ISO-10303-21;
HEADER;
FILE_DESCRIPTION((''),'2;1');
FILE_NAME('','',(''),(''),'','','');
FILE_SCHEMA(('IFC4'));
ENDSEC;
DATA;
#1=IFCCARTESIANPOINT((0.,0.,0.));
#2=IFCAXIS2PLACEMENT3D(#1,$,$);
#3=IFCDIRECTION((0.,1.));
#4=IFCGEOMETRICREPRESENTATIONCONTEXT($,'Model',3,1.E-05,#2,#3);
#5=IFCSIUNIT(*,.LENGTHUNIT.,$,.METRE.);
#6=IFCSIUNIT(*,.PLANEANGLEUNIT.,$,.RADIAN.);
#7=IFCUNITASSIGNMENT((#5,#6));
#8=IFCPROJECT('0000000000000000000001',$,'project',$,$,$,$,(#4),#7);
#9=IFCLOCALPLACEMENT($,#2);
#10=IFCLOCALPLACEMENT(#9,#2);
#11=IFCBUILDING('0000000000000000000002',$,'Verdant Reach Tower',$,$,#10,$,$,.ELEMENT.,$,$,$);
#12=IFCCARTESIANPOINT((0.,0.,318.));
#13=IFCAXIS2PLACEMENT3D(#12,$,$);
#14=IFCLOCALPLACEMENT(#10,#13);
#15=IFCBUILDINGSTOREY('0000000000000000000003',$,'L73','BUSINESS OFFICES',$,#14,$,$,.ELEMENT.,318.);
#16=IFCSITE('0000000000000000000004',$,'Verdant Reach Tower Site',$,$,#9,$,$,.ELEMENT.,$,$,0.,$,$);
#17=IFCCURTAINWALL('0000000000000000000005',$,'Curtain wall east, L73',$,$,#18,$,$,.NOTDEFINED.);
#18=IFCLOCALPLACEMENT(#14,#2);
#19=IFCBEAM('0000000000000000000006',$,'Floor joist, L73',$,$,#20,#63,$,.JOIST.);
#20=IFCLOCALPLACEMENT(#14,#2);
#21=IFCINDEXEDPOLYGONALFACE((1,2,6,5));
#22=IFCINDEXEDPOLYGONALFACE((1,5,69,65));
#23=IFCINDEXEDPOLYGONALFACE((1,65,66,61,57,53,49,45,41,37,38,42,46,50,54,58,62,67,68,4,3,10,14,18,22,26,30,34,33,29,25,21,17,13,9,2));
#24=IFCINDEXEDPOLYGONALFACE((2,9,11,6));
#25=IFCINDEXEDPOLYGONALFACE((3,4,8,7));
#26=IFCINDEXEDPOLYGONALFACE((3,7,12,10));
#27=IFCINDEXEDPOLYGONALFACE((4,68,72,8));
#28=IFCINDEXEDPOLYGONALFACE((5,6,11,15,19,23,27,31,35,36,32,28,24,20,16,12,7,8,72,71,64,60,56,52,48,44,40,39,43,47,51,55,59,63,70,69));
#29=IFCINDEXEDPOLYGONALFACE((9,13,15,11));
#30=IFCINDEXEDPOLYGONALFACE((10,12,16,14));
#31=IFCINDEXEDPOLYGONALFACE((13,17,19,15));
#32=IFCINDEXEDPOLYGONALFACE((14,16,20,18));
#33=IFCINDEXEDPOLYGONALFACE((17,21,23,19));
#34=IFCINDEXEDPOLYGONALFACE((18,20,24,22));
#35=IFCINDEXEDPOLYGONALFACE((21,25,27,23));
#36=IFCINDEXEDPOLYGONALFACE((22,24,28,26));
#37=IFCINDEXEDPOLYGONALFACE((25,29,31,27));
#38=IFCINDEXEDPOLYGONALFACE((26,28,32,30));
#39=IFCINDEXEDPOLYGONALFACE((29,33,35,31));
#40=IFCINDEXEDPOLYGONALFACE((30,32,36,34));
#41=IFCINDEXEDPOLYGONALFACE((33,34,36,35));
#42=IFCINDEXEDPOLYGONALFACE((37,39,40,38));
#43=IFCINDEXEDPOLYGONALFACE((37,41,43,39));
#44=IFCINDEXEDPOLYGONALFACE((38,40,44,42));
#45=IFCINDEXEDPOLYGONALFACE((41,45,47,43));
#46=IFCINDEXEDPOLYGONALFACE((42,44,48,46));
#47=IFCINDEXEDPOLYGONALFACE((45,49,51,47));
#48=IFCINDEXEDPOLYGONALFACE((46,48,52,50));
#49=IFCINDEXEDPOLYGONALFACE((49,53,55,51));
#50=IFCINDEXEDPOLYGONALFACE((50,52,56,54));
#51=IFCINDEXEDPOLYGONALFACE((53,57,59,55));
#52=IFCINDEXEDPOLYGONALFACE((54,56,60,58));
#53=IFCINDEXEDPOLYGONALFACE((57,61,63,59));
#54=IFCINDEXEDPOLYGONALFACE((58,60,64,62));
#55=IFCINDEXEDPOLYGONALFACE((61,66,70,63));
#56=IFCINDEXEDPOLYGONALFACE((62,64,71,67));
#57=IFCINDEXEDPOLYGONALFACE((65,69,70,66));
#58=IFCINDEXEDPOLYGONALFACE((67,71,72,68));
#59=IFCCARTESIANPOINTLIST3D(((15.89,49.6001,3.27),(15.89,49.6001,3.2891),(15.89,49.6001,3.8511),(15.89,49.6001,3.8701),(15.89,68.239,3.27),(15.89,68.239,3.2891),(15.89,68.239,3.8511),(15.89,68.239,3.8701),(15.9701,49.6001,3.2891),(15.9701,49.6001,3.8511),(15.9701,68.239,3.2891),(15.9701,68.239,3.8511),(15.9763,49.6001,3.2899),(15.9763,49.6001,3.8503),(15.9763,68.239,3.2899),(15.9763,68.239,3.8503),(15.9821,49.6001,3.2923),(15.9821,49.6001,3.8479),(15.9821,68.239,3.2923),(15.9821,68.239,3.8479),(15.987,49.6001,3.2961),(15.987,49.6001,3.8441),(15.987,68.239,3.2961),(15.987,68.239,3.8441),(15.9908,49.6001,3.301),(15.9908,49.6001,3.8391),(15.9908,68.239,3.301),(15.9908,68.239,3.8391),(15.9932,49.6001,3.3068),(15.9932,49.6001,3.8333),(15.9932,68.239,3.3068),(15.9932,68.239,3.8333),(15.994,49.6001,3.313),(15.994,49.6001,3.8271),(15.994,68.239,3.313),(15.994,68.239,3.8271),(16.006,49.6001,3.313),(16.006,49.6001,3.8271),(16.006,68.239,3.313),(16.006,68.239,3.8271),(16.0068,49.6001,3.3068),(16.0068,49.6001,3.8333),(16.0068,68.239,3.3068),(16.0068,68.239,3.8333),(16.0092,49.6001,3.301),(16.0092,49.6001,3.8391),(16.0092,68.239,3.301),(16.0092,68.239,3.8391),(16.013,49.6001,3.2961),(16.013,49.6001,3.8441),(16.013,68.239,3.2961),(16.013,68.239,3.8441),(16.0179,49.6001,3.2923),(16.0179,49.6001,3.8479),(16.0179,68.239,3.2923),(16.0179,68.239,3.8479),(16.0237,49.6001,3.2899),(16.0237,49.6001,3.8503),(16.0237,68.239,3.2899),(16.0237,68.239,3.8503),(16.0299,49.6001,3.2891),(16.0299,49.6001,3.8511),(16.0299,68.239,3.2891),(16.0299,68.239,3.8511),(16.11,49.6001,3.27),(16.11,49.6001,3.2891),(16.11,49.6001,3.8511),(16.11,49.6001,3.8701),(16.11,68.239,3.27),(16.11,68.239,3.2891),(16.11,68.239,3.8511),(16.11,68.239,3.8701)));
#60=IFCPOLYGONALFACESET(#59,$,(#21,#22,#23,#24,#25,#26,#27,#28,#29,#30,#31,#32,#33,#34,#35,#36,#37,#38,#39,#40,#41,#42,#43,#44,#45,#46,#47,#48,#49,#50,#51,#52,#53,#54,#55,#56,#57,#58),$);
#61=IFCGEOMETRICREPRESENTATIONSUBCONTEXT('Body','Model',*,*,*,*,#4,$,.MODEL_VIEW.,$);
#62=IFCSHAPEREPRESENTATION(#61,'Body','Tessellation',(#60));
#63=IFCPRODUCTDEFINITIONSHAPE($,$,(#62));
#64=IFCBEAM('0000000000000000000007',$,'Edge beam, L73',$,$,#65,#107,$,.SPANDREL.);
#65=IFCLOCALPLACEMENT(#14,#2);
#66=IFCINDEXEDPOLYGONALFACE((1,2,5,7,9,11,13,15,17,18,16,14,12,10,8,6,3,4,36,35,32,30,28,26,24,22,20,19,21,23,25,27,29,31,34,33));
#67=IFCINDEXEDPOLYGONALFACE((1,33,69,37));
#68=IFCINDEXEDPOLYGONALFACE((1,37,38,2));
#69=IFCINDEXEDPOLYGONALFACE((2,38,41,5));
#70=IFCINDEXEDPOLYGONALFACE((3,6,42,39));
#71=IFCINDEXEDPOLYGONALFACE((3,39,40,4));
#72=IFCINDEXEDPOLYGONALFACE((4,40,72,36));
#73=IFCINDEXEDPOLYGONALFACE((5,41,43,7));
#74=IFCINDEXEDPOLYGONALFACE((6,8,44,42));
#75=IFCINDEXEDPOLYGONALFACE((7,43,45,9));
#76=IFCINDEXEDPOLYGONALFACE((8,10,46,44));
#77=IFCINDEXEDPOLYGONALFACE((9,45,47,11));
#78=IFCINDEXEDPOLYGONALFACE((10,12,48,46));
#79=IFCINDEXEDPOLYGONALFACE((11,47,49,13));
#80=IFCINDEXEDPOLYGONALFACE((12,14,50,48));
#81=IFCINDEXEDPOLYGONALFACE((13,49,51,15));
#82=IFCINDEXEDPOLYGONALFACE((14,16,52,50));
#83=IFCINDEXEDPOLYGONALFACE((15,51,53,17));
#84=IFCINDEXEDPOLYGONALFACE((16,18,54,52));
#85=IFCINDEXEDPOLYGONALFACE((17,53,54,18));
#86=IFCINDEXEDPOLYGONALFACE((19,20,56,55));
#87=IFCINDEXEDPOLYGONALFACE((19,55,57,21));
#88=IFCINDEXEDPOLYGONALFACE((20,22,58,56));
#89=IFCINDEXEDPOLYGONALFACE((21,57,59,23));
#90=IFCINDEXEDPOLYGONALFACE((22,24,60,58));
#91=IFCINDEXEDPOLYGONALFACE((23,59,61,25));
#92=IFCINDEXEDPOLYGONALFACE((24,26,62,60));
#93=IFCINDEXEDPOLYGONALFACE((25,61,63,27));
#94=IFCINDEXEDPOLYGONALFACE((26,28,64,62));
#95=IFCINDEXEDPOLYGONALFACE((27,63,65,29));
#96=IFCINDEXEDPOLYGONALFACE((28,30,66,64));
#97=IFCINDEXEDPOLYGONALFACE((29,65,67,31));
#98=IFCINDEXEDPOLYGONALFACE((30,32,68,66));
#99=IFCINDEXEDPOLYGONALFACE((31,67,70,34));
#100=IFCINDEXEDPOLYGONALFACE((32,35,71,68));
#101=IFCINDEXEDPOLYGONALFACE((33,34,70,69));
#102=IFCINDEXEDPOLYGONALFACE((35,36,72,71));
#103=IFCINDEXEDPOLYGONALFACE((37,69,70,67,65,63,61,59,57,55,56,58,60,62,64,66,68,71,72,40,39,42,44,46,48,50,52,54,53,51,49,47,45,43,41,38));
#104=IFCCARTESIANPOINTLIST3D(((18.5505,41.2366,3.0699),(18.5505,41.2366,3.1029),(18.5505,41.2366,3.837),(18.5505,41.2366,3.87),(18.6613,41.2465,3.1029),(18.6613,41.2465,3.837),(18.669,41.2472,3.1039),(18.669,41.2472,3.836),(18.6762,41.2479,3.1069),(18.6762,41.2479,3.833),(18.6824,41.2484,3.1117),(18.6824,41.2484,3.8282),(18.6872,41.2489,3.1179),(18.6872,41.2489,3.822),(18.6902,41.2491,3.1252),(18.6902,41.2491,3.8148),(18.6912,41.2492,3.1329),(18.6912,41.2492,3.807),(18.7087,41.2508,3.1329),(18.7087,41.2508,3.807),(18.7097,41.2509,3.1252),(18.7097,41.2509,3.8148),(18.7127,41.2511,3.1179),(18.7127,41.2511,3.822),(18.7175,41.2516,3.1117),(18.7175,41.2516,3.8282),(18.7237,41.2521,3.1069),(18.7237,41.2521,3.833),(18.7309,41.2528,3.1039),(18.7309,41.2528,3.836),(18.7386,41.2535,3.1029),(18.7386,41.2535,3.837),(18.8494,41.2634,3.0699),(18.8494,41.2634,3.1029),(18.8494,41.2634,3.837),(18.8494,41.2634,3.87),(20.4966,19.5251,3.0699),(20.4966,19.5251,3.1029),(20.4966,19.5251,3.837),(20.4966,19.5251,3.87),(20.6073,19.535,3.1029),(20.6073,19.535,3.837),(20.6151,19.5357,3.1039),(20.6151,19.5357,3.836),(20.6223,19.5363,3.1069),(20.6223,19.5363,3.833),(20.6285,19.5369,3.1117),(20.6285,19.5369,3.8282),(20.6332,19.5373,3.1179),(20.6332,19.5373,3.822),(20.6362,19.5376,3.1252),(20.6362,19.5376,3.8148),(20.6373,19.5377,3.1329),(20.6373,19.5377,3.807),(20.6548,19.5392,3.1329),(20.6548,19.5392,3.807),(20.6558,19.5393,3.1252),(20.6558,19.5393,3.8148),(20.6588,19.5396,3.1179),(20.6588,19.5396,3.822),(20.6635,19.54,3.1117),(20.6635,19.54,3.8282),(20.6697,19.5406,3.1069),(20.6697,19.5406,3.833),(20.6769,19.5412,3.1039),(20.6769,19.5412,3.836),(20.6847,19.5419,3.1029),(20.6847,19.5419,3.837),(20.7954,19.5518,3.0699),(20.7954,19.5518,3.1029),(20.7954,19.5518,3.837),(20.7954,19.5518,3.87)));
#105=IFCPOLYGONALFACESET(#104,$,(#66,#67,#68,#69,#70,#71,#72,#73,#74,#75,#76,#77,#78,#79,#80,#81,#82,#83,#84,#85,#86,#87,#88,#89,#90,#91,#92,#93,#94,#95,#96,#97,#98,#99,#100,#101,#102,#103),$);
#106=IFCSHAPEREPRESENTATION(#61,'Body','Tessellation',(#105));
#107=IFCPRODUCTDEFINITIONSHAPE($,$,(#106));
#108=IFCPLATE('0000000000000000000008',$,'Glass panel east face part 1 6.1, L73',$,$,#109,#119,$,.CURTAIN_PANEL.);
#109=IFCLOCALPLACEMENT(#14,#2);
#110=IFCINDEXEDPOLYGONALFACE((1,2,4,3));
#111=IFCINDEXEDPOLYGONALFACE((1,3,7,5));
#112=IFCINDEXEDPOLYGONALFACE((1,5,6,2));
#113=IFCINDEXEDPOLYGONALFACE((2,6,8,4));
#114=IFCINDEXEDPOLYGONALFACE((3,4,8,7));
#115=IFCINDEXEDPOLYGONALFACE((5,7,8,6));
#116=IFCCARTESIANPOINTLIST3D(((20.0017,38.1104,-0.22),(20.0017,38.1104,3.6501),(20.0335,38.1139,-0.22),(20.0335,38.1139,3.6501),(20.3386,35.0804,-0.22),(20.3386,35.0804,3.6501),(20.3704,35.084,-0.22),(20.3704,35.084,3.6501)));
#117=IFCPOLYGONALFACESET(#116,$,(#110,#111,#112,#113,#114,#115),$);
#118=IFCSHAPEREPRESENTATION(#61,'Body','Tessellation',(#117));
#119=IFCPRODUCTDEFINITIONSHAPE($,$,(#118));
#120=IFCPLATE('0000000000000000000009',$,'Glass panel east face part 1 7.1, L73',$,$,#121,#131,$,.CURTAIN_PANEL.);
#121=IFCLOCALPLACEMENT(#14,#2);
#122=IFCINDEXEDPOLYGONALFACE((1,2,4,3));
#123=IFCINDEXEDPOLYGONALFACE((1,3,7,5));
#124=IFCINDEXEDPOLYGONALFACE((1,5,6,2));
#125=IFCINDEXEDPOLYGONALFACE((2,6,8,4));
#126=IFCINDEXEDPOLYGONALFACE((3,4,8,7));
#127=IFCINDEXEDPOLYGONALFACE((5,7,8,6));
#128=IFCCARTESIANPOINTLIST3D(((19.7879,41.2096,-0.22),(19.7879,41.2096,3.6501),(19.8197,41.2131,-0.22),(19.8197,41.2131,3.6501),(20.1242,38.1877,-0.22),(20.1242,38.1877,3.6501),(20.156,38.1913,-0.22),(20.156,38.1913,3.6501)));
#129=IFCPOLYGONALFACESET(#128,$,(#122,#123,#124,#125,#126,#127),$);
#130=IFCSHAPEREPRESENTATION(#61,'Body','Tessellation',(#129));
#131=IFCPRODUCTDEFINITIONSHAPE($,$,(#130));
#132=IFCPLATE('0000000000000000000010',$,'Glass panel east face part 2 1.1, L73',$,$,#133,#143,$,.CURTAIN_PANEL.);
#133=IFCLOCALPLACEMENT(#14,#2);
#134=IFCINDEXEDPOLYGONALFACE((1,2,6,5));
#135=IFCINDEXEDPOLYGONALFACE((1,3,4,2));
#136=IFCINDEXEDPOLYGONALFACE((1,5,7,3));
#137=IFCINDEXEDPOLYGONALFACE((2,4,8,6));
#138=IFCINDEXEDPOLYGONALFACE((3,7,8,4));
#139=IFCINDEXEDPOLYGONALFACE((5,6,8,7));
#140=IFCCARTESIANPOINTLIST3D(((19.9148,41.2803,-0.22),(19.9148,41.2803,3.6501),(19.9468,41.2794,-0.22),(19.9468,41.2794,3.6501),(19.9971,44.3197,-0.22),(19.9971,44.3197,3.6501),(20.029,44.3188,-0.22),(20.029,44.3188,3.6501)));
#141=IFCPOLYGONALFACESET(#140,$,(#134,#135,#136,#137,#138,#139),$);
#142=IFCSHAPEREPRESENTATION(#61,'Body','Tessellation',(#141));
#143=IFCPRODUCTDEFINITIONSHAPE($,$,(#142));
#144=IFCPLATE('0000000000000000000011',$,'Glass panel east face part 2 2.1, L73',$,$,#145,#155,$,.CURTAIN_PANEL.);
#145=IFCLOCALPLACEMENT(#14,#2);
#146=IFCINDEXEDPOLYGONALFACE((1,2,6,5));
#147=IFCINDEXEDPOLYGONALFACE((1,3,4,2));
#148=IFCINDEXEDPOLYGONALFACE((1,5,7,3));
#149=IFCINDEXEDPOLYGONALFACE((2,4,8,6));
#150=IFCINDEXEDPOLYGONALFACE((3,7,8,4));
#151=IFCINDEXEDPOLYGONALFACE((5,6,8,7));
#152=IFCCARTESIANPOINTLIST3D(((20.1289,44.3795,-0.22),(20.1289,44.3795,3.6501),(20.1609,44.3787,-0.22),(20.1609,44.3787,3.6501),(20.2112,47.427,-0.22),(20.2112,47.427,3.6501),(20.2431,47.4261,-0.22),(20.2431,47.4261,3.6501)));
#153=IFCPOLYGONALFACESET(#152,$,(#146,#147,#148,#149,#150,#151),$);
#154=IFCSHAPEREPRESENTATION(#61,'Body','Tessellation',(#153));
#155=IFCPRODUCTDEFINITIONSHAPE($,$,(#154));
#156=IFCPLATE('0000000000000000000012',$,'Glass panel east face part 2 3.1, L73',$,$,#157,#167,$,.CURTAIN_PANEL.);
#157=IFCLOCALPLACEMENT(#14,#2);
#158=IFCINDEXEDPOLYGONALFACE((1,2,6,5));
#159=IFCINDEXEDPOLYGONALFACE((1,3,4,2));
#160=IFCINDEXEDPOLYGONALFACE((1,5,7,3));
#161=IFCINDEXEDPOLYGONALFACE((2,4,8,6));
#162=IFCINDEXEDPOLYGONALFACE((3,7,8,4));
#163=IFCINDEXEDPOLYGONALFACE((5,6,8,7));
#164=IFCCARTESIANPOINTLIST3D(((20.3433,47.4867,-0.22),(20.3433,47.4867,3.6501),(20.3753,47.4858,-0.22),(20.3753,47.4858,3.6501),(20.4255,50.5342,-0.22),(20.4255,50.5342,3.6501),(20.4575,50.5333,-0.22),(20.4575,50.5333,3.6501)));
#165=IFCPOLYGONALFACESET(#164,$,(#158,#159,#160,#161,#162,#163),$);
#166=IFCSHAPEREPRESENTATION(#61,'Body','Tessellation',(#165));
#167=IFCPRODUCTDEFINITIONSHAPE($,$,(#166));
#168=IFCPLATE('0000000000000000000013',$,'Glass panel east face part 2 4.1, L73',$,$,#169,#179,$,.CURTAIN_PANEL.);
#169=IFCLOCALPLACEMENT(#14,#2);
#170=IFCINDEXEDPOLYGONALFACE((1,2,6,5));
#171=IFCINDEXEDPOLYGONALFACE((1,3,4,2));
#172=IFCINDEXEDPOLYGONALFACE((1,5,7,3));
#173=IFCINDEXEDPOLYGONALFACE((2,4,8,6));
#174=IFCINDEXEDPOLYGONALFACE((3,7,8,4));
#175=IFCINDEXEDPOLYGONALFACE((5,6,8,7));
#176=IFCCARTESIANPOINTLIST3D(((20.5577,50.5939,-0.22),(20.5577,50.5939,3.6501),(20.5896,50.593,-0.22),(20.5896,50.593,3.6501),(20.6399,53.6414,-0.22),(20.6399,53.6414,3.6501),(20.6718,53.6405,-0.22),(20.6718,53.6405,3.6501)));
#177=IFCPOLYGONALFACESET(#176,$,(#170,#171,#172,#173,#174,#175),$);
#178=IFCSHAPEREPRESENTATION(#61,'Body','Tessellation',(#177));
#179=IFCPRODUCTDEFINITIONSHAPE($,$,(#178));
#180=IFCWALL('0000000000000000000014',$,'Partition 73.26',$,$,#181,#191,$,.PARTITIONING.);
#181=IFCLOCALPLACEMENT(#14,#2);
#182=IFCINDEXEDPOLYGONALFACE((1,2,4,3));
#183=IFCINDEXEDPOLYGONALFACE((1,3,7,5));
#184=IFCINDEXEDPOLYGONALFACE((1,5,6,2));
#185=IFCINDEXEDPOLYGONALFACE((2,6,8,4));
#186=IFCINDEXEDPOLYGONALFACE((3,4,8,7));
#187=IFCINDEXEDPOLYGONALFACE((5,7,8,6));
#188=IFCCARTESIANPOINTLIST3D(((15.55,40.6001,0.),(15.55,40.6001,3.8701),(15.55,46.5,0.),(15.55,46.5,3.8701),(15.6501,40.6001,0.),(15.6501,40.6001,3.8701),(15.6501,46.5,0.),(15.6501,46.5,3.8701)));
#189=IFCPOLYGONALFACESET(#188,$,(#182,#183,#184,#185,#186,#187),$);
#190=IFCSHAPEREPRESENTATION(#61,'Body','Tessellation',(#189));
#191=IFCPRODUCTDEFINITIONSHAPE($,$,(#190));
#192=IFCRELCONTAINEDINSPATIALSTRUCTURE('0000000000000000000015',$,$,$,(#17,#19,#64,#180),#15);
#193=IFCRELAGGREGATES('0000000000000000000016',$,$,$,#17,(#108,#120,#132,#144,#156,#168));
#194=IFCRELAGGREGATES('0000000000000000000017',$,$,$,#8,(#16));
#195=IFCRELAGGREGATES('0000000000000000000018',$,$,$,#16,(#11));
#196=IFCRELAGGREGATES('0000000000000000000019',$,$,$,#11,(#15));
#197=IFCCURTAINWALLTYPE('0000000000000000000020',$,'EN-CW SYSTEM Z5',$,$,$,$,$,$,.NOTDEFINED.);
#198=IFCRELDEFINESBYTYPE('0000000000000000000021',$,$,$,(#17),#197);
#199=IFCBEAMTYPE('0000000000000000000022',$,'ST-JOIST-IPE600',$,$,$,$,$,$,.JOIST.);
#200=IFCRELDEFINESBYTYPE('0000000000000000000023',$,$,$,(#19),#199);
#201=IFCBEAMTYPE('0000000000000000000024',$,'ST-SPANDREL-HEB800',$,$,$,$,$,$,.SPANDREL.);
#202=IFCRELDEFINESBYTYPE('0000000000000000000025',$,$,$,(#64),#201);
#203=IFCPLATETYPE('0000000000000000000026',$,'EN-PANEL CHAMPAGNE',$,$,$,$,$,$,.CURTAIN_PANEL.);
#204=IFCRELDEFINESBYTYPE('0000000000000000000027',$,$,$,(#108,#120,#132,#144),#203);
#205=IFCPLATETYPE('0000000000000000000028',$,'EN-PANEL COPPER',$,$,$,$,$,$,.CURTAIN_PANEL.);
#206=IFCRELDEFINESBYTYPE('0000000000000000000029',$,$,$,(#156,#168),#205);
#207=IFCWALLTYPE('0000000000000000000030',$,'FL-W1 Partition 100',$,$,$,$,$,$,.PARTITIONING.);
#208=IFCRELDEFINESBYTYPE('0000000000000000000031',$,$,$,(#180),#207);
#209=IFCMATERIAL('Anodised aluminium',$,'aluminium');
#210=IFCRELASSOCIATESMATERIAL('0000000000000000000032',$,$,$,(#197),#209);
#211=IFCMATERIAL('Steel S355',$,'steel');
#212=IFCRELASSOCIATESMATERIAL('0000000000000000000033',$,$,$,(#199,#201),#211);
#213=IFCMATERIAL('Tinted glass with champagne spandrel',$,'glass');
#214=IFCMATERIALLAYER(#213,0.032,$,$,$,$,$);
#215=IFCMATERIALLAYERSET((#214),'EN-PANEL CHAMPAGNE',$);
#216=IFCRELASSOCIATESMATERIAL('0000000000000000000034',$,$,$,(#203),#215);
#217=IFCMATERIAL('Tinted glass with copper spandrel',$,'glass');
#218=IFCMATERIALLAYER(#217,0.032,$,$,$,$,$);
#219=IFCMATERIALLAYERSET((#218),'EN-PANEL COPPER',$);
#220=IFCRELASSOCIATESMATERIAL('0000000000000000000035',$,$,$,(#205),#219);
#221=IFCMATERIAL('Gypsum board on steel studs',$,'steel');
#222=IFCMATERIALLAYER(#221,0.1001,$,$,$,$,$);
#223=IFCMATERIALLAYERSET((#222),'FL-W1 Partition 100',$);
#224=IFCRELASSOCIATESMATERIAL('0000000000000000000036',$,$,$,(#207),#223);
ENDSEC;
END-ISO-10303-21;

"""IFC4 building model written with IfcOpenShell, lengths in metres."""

from ifc_helpers import new_model, si_unit, direction, frame, frame_2d, origin, origin_2d, place, context, subcontext, project, spatial, rectangle, i_section, extrude, material, layer, layer_set, material_profile, profile_set, type_object, element, aggregate, save


model = new_model("IFC4")

# Units and contexts
model_context = context("Model", 3, precision=1e-05, world=origin(), true_north=direction((0.0, 1.0)))
body_context = subcontext(model_context, "Body", "Model", "MODEL_VIEW")
ifc_project = project(units=[si_unit("LENGTHUNIT", "METRE"), si_unit("PLANEANGLEUNIT", "RADIAN")], contexts=[model_context])

# Site, building, storey
site_placement = place(None, origin())
site = spatial("IfcSite", under=ifc_project, at=site_placement, Name="Verdant Reach Tower Site", CompositionType="ELEMENT", RefElevation=0.0)
building_placement = place(site_placement, origin())
building = spatial("IfcBuilding", under=site, at=building_placement, Name="Verdant Reach Tower", CompositionType="ELEMENT")
storey_placement = place(building_placement, frame((0.0, 0.0, 318.0)))
storey = spatial("IfcBuildingStorey", under=building, at=storey_placement, Name="L73", Description="BUSINESS OFFICES", CompositionType="ELEMENT", Elevation=318.0)

# Curtain wall
ifc_material_1 = material(Name="Anodised aluminium", Category="aluminium")
curtain_wall_type = type_object("IfcCurtainWallType", Name="EN-CW SYSTEM Z5", PredefinedType="NOTDEFINED", material=ifc_material_1)
curtain_wall_placement = place(storey_placement, origin())
curtain_wall = element("IfcCurtainWall", 1, at=curtain_wall_placement, inside=storey, type_object=curtain_wall_type, Name="Curtain wall east, L73", PredefinedType="NOTDEFINED")

# Beams
ifc_material_2 = material(Name="Steel S355", Category="steel")
ifc_material_profile_1 = material_profile(ifc_material_2, i_section(OverallWidth=0.22, OverallDepth=0.6001, WebThickness=0.012, FlangeThickness=0.019, FilletRadius=0.0239, at=origin_2d()), Name="IPE 600")
ifc_profile_set_1 = profile_set([ifc_material_profile_1], Name="Steel S355")
beam_type_1 = type_object("IfcBeamType", Name="ST-JOIST-IPE600", PredefinedType="JOIST", material=ifc_profile_set_1)
beam_1_placement = place(storey_placement, frame((16.0, 49.6001, 3.5701), z_axis=(0.0, 1.0, 0.0), x_axis=(-1.0, 0.0, 0.0)))
element("IfcBeam", 2, at=beam_1_placement, inside=storey, type_object=beam_type_1, Name="Floor joist, L73", PredefinedType="JOIST", context=body_context, shape_type="SweptSolid", body=[
    extrude(i_section(OverallWidth=0.22, OverallDepth=0.6001, WebThickness=0.012, FlangeThickness=0.019, FilletRadius=0.0239, at=origin_2d()), origin(), (0.0, 0.0, 1.0), 18.6389),
])
ifc_material_profile_2 = material_profile(ifc_material_2, i_section(OverallWidth=0.3, OverallDepth=0.8, WebThickness=0.0176, FlangeThickness=0.033, FilletRadius=0.03, at=origin_2d()), Name="HEB 800")
ifc_profile_set_2 = profile_set([ifc_material_profile_2], Name="Steel S355")
beam_type_2 = type_object("IfcBeamType", Name="ST-SPANDREL-HEB800", PredefinedType="SPANDREL", material=ifc_profile_set_2)
beam_2_placement = place(storey_placement, frame((18.7, 41.25, 3.47), z_axis=(0.089274, -0.996007, 0.0), x_axis=(0.996007, 0.089274, 0.0)))
element("IfcBeam", 3, at=beam_2_placement, inside=storey, type_object=beam_type_2, Name="Edge beam, L73", PredefinedType="SPANDREL", context=body_context, shape_type="SweptSolid", body=[
    extrude(i_section(OverallWidth=0.3, OverallDepth=0.8, WebThickness=0.0176, FlangeThickness=0.033, FilletRadius=0.03, at=origin_2d()), origin(), (0.0, 0.0, 1.0), 21.7986),
])

# Plates
ifc_material_3 = material(Name="Tinted glass with champagne spandrel", Category="glass")
ifc_layer_1 = layer(ifc_material_3, 0.032)
ifc_layer_set_1 = layer_set([ifc_layer_1], Name="EN-PANEL CHAMPAGNE")
plate_type_1 = type_object("IfcPlateType", Name="EN-PANEL CHAMPAGNE", PredefinedType="CURTAIN_PANEL", material=ifc_layer_set_1)
plate_1_placement = place(storey_placement, frame((20.186, 36.5972, -0.22), z_axis=(0.0, 0.0, 1.0), x_axis=(-0.110518, 0.993874, 0.0)))
plate_1 = element("IfcPlate", 4, at=plate_1_placement, type_object=plate_type_1, Name="Glass panel east face part 1 6.1, L73", PredefinedType="CURTAIN_PANEL", context=body_context, shape_type="SweptSolid", body=[
    extrude(rectangle(XDim=3.0486, YDim=0.032, at=origin_2d()), origin(), (0.0, 0.0, 1.0), 3.8701),
])
plate_2_placement = place(storey_placement, frame((19.9719, 39.7004, -0.22), z_axis=(0.0, 0.0, 1.0), x_axis=(-0.110605, 0.993864, 0.0)))
plate_2 = element("IfcPlate", 5, at=plate_2_placement, type_object=plate_type_1, Name="Glass panel east face part 1 7.1, L73", PredefinedType="CURTAIN_PANEL", context=body_context, shape_type="SweptSolid", body=[
    extrude(rectangle(XDim=3.0405, YDim=0.032, at=origin_2d()), origin(), (0.0, 0.0, 1.0), 3.8701),
])
plate_3_placement = place(storey_placement, frame((19.9719, 42.7996, -0.22), z_axis=(0.0, 0.0, 1.0), x_axis=(0.027053, 0.999634, 0.0)))
plate_3 = element("IfcPlate", 6, at=plate_3_placement, type_object=plate_type_1, Name="Glass panel east face part 2 1.1, L73", PredefinedType="CURTAIN_PANEL", context=body_context, shape_type="SweptSolid", body=[
    extrude(rectangle(XDim=3.0405, YDim=0.032, at=origin_2d()), origin(), (0.0, 0.0, 1.0), 3.8701),
])
plate_4_placement = place(storey_placement, frame((20.186, 45.9028, -0.22), z_axis=(0.0, 0.0, 1.0), x_axis=(0.026965, 0.999636, 0.0)))
plate_4 = element("IfcPlate", 7, at=plate_4_placement, type_object=plate_type_1, Name="Glass panel east face part 2 2.1, L73", PredefinedType="CURTAIN_PANEL", context=body_context, shape_type="SweptSolid", body=[
    extrude(rectangle(XDim=3.0486, YDim=0.032, at=origin_2d()), origin(), (0.0, 0.0, 1.0), 3.8701),
])
ifc_material_4 = material(Name="Tinted glass with copper spandrel", Category="glass")
ifc_layer_2 = layer(ifc_material_4, 0.032)
ifc_layer_set_2 = layer_set([ifc_layer_2], Name="EN-PANEL COPPER")
plate_type_2 = type_object("IfcPlateType", Name="EN-PANEL COPPER", PredefinedType="CURTAIN_PANEL", material=ifc_layer_set_2)
plate_5_placement = place(storey_placement, frame((20.4004, 49.01, -0.22), z_axis=(0.0, 0.0, 1.0), x_axis=(0.026965, 0.999636, 0.0)))
plate_5 = element("IfcPlate", 8, at=plate_5_placement, type_object=plate_type_2, Name="Glass panel east face part 2 3.1, L73", PredefinedType="CURTAIN_PANEL", context=body_context, shape_type="SweptSolid", body=[
    extrude(rectangle(XDim=3.0486, YDim=0.032, at=origin_2d()), origin(), (0.0, 0.0, 1.0), 3.8701),
])
plate_6_placement = place(storey_placement, frame((20.6147, 52.1172, -0.22), z_axis=(0.0, 0.0, 1.0), x_axis=(0.026965, 0.999636, 0.0)))
plate_6 = element("IfcPlate", 9, at=plate_6_placement, type_object=plate_type_2, Name="Glass panel east face part 2 4.1, L73", PredefinedType="CURTAIN_PANEL", context=body_context, shape_type="SweptSolid", body=[
    extrude(rectangle(XDim=3.0486, YDim=0.032, at=origin_2d()), origin(), (0.0, 0.0, 1.0), 3.8701),
])
aggregate(curtain_wall, [plate_1, plate_2, plate_3, plate_4, plate_5, plate_6])

# Wall
ifc_material_5 = material(Name="Gypsum board on steel studs", Category="steel")
ifc_layer_3 = layer(ifc_material_5, 0.1001)
ifc_layer_set_3 = layer_set([ifc_layer_3], Name="FL-W1 Partition 100")
wall_type = type_object("IfcWallType", Name="FL-W1 Partition 100", PredefinedType="PARTITIONING", material=ifc_layer_set_3)
wall_1_placement = place(storey_placement, frame((15.6001, 46.5, 0.0), z_axis=(0.0, 0.0, 1.0), x_axis=(0.0, -1.0, 0.0)))
element("IfcWall", 10, at=wall_1_placement, inside=storey, type_object=wall_type, Name="Partition 73.26", PredefinedType="PARTITIONING", context=body_context, shape_type="SweptSolid", body=[
    extrude(rectangle(XDim=5.8999, YDim=0.1001, at=frame_2d((2.95, 0.0))), origin(), (0.0, 0.0, 1.0), 3.8701),
])

save(model, "model.ifc")
